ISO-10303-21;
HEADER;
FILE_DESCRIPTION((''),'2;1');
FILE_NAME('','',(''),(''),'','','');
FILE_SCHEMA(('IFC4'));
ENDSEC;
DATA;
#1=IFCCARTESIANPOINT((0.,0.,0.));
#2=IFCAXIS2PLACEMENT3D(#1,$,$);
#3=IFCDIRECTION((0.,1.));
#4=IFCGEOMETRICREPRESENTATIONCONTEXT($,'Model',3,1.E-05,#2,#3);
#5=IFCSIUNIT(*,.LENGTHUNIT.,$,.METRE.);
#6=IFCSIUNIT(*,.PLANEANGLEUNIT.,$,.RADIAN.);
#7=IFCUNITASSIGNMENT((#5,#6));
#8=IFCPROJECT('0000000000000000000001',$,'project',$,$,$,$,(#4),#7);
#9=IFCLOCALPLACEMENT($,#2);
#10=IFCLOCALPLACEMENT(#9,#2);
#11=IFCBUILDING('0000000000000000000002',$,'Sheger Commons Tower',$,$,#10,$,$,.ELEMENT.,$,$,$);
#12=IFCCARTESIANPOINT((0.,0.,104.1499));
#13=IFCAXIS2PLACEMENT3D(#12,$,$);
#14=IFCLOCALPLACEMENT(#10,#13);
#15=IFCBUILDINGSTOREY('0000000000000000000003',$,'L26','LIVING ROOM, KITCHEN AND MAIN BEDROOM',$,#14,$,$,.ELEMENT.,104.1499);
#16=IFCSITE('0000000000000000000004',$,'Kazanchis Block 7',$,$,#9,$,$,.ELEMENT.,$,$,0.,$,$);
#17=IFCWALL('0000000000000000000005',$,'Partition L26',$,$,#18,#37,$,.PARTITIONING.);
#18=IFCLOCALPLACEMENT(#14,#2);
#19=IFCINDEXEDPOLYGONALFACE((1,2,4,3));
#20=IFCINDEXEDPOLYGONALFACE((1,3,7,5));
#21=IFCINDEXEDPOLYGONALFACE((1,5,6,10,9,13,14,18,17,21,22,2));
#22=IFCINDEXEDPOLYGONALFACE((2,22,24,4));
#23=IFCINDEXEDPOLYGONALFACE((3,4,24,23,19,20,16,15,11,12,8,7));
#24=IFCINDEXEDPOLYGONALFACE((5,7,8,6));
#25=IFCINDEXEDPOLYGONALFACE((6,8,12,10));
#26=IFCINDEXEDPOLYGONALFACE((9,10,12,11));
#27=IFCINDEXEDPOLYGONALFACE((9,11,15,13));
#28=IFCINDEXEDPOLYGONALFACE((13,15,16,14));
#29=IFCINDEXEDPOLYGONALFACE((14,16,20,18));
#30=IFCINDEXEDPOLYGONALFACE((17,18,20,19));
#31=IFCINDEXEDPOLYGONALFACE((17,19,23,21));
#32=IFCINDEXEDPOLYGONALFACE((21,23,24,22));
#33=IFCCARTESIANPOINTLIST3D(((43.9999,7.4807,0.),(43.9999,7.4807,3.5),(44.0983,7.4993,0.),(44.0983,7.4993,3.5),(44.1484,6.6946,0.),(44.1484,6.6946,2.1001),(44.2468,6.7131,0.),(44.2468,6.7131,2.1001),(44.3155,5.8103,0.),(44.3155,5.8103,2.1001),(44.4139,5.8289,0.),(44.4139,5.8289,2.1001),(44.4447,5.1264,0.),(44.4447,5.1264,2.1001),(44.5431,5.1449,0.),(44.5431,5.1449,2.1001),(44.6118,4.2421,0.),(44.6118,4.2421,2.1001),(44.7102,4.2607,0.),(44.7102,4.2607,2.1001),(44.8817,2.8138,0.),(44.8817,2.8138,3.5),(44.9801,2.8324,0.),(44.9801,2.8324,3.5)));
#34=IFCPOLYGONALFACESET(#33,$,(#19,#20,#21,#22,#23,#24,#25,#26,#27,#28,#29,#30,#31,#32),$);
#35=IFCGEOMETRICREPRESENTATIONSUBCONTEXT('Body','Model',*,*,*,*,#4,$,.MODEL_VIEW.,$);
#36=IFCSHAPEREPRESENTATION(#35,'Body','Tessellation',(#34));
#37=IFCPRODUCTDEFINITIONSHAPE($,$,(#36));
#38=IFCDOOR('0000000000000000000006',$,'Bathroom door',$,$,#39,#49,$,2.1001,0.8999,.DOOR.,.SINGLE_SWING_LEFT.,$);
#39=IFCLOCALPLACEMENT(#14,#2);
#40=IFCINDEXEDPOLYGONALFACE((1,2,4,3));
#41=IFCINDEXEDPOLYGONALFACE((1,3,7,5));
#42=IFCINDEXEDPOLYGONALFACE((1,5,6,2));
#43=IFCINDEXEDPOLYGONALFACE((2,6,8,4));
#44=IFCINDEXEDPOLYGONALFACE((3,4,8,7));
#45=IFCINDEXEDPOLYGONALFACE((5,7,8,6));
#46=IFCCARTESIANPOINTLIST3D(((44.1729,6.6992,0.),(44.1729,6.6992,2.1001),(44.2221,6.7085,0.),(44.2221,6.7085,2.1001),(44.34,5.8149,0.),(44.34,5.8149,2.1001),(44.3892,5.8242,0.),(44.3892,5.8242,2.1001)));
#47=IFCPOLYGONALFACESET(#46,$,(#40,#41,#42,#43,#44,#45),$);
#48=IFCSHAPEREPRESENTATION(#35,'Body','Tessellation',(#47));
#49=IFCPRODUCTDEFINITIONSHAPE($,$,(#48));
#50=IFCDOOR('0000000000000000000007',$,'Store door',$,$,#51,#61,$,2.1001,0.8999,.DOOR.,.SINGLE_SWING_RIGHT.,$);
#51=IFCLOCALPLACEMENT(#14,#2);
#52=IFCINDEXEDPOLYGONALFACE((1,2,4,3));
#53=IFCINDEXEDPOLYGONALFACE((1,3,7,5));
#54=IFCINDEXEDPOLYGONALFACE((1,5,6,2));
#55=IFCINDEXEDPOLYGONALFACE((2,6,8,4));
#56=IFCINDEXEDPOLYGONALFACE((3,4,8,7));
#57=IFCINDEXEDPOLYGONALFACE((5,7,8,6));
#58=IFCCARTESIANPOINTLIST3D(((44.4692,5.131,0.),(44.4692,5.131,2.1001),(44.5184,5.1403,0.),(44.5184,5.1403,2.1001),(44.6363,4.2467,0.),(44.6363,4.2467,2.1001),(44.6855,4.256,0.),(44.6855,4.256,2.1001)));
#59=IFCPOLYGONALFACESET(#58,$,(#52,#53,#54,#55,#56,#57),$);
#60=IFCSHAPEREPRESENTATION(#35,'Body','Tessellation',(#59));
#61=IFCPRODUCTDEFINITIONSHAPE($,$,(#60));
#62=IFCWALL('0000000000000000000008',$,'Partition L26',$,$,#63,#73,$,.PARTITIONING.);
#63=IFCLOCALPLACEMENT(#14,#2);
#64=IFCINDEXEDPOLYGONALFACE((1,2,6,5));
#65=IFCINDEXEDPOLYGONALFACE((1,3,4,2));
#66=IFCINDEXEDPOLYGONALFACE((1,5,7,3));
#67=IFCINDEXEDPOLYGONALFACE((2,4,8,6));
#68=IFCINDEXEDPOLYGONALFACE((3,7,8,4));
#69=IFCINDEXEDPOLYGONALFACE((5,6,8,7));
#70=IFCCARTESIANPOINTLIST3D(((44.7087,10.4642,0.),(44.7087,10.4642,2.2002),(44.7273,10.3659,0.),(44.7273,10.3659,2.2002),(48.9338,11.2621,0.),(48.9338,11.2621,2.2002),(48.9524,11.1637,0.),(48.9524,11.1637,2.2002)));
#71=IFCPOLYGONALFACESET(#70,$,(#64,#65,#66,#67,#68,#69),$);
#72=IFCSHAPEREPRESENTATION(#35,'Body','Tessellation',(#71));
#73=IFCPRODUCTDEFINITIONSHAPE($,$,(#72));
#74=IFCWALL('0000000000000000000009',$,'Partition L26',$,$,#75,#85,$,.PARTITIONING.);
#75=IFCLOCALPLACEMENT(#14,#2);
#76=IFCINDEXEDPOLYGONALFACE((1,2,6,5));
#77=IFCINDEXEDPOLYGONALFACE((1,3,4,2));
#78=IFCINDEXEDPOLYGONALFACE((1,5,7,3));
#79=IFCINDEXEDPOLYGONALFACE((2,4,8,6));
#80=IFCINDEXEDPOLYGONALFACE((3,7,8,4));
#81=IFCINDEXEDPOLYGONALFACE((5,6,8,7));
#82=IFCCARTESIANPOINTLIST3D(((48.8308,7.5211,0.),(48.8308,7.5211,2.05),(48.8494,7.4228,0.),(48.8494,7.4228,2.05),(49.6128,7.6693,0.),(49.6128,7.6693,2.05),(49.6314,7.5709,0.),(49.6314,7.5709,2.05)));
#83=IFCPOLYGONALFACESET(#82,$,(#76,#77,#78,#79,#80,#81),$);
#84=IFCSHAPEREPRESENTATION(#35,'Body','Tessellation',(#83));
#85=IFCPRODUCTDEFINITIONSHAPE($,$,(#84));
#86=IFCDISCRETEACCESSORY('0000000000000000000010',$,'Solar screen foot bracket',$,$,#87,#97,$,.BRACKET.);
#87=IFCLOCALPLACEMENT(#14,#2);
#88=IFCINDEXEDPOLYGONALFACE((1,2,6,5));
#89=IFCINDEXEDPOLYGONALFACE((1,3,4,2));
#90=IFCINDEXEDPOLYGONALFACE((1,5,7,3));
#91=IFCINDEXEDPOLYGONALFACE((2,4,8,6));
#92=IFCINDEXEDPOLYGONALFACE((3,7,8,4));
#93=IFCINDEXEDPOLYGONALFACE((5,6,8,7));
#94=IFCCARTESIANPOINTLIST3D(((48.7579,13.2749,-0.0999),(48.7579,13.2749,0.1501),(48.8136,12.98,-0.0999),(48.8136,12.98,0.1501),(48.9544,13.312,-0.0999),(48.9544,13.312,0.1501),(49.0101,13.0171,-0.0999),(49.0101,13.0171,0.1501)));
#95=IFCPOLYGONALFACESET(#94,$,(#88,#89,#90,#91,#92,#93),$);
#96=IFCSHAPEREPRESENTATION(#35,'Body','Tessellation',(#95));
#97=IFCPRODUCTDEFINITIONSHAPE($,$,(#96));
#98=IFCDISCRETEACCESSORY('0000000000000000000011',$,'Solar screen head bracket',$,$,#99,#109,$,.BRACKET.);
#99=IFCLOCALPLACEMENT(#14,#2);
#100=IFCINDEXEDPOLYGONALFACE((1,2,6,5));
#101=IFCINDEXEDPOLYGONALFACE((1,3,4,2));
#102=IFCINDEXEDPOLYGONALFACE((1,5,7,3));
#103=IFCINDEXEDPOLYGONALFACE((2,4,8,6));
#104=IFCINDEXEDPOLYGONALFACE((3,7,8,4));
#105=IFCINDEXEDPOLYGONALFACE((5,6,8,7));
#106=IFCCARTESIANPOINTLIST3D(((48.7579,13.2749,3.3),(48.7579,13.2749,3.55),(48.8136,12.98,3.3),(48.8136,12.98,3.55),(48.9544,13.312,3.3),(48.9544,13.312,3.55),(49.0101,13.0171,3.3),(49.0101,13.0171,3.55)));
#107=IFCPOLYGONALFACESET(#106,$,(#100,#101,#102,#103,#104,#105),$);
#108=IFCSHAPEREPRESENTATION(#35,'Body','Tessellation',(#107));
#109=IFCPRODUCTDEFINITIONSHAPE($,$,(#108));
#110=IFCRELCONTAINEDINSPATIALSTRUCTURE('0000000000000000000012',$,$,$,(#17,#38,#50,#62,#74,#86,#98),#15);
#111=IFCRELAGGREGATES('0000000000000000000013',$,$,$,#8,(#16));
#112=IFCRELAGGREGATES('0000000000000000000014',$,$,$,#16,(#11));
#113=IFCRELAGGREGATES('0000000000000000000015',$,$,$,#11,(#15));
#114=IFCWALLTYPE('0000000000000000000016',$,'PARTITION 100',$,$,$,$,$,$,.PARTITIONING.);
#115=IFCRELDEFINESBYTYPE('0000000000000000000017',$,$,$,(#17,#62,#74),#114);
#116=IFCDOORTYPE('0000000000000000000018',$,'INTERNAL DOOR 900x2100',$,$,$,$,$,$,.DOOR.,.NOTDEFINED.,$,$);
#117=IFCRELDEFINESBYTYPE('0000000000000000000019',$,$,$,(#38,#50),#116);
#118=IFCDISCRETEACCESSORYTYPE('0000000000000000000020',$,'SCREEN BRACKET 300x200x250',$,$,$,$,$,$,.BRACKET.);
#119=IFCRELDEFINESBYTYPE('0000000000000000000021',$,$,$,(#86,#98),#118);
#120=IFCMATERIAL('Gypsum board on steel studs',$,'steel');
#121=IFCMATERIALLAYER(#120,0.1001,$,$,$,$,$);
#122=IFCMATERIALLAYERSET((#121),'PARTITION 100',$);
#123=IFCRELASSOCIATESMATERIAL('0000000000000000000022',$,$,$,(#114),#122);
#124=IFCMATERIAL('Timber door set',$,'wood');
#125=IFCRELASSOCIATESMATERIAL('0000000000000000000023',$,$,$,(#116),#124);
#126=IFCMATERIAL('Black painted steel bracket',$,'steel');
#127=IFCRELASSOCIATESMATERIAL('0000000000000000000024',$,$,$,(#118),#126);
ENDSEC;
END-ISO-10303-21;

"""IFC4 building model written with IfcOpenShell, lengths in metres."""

from ifc_helpers import new_model, si_unit, direction, frame, frame_2d, origin, origin_2d, place, context, subcontext, project, spatial, rectangle, extrude, material, layer, layer_set, type_object, element, fill, save


model = new_model("IFC4")

# Units and contexts
model_context = context("Model", 3, precision=1e-05, world=origin(), true_north=direction((0.0, 1.0)))
body_context = subcontext(model_context, "Body", "Model", "MODEL_VIEW")
ifc_project = project(units=[si_unit("LENGTHUNIT", "METRE"), si_unit("PLANEANGLEUNIT", "RADIAN")], contexts=[model_context])

# Site, building, storey
site_placement = place(None, origin())
site = spatial("IfcSite", under=ifc_project, at=site_placement, Name="Kazanchis Block 7", CompositionType="ELEMENT", RefElevation=0.0)
building_placement = place(site_placement, origin())
building = spatial("IfcBuilding", under=site, at=building_placement, Name="Sheger Commons Tower", CompositionType="ELEMENT")
storey_placement = place(building_placement, frame((0.0, 0.0, 104.1499)))
storey = spatial("IfcBuildingStorey", under=building, at=storey_placement, Name="L26", Description="LIVING ROOM, KITCHEN AND MAIN BEDROOM", CompositionType="ELEMENT", Elevation=104.1499)

# Shared definitions
ifc_material_1 = material(Name="Gypsum board on steel studs", Category="steel")
ifc_layer_1 = layer(ifc_material_1, 0.1001)
ifc_layer_set_1 = layer_set([ifc_layer_1], Name="PARTITION 100")
wall_type_1 = type_object("IfcWallType", Name="PARTITION 100", PredefinedType="PARTITIONING", material=ifc_layer_set_1)

# Wall, openings, doors
ifc_material_2 = material(Name="Timber door set", Category="wood")
door_type = type_object("IfcDoorType", Name="INTERNAL DOOR 900x2100", OperationType="NOTDEFINED", PredefinedType="DOOR", material=ifc_material_2)
wall_1_placement = place(storey_placement, frame((44.0491, 7.49, 0.0), z_axis=(0.0, 0.0, 1.0), x_axis=(0.185666, -0.982613, 0.0)))
wall_1 = element("IfcWall", 1, at=wall_1_placement, inside=storey, type_object=wall_type_1, Name="Partition L26", PredefinedType="PARTITIONING", context=body_context, shape_type="SweptSolid", body=[
    extrude(rectangle(XDim=4.7495, YDim=0.1001, at=frame_2d((2.3748, 0.0))), origin(), (0.0, 0.0, 1.0), 3.5),
])
opening_1_placement = place(wall_1_placement, frame((0.8, 0.0, 0.0)))
opening_1 = element("IfcOpeningElement", 2, at=opening_1_placement, cuts=wall_1, PredefinedType="OPENING", context=body_context, shape_type="SweptSolid", body=[
    extrude(rectangle(XDim=0.8999, YDim=2.1001, at=frame_2d((0.45, 1.05))), frame((0.0, 0.0601, 0.0), z_axis=(0.0, -1.0, 0.0), x_axis=(1.0, 0.0, 0.0)), (0.0, 0.0, 1.0), 0.1201),
])
opening_2_placement = place(wall_1_placement, frame((2.396, 0.0, 0.0)))
opening_2 = element("IfcOpeningElement", 3, at=opening_2_placement, cuts=wall_1, PredefinedType="OPENING", context=body_context, shape_type="SweptSolid", body=[
    extrude(rectangle(XDim=0.8999, YDim=2.1001, at=frame_2d((0.45, 1.05))), frame((0.0, 0.0601, 0.0), z_axis=(0.0, -1.0, 0.0), x_axis=(1.0, 0.0, 0.0)), (0.0, 0.0, 1.0), 0.1201),
])
door_1_placement = place(opening_1_placement, origin())
door_1 = element("IfcDoor", 4, at=door_1_placement, inside=storey, type_object=door_type, Name="Bathroom door", OperationType="SINGLE_SWING_LEFT", OverallHeight=2.1001, OverallWidth=0.8999, PredefinedType="DOOR", context=body_context, shape_type="SweptSolid", body=[
    extrude(rectangle(XDim=0.8999, YDim=2.1001, at=frame_2d((0.45, 1.05))), frame((0.0, 0.0249, 0.0), z_axis=(0.0, -1.0, 0.0), x_axis=(1.0, 0.0, 0.0)), (0.0, 0.0, 1.0), 0.05),
])
fill(opening_1, door_1)
door_2_placement = place(opening_2_placement, origin())
door_2 = element("IfcDoor", 5, at=door_2_placement, inside=storey, type_object=door_type, Name="Store door", OperationType="SINGLE_SWING_RIGHT", OverallHeight=2.1001, OverallWidth=0.8999, PredefinedType="DOOR", context=body_context, shape_type="SweptSolid", body=[
    extrude(rectangle(XDim=0.8999, YDim=2.1001, at=frame_2d((0.45, 1.05))), frame((0.0, 0.0249, 0.0), z_axis=(0.0, -1.0, 0.0), x_axis=(1.0, 0.0, 0.0)), (0.0, 0.0, 1.0), 0.05),
])
fill(opening_2, door_2)

# Walls
wall_2_placement = place(storey_placement, frame((48.9431, 11.2129, 0.0), z_axis=(0.0, 0.0, 1.0), x_axis=(-0.982634, -0.185557, 0.0)))
element("IfcWall", 6, at=wall_2_placement, inside=storey, type_object=wall_type_1, Name="Partition L26", PredefinedType="PARTITIONING", context=body_context, shape_type="SweptSolid", body=[
    extrude(rectangle(XDim=4.2998, YDim=0.1001, at=frame_2d((2.1499, 0.0))), origin(), (0.0, 0.0, 1.0), 2.2002),
])
wall_3_placement = place(storey_placement, frame((49.6221, 7.6201, 0.0), z_axis=(0.0, 0.0, 1.0), x_axis=(-0.982513, -0.186196, 0.0)))
element("IfcWall", 7, at=wall_3_placement, inside=storey, type_object=wall_type_1, Name="Partition L26", PredefinedType="PARTITIONING", context=body_context, shape_type="SweptSolid", body=[
    extrude(rectangle(XDim=0.7959, YDim=0.1001, at=frame_2d((0.3979, 0.0))), origin(), (0.0, 0.0, 1.0), 2.05),
])

# Discrete accessories
ifc_material_3 = material(Name="Black painted steel bracket", Category="steel")
discrete_accessory_type = type_object("IfcDiscreteAccessoryType", Name="SCREEN BRACKET 300x200x250", PredefinedType="BRACKET", material=ifc_material_3)
for number, where, z_axis, x_axis, name in (
    (8, (48.884, 13.146, -0.0999), (0.0, 0.0, 1.0), (-0.185615, 0.982623, 0.0), "Solar screen foot bracket"),
    (9, (48.884, 13.146, 3.3), (0.0, 0.0, 1.0), (-0.185615, 0.982623, 0.0), "Solar screen head bracket"),
):
    element("IfcDiscreteAccessory", number, at=place(storey_placement, frame(where, z_axis=z_axis, x_axis=x_axis)), inside=storey, type_object=discrete_accessory_type, Name=name, PredefinedType="BRACKET", context=body_context, shape_type="SweptSolid", body=[
        extrude(rectangle(XDim=0.3, YDim=0.2, at=origin_2d()), origin(), (0.0, 0.0, 1.0), 0.25),
    ])

save(model, "model.ifc")
